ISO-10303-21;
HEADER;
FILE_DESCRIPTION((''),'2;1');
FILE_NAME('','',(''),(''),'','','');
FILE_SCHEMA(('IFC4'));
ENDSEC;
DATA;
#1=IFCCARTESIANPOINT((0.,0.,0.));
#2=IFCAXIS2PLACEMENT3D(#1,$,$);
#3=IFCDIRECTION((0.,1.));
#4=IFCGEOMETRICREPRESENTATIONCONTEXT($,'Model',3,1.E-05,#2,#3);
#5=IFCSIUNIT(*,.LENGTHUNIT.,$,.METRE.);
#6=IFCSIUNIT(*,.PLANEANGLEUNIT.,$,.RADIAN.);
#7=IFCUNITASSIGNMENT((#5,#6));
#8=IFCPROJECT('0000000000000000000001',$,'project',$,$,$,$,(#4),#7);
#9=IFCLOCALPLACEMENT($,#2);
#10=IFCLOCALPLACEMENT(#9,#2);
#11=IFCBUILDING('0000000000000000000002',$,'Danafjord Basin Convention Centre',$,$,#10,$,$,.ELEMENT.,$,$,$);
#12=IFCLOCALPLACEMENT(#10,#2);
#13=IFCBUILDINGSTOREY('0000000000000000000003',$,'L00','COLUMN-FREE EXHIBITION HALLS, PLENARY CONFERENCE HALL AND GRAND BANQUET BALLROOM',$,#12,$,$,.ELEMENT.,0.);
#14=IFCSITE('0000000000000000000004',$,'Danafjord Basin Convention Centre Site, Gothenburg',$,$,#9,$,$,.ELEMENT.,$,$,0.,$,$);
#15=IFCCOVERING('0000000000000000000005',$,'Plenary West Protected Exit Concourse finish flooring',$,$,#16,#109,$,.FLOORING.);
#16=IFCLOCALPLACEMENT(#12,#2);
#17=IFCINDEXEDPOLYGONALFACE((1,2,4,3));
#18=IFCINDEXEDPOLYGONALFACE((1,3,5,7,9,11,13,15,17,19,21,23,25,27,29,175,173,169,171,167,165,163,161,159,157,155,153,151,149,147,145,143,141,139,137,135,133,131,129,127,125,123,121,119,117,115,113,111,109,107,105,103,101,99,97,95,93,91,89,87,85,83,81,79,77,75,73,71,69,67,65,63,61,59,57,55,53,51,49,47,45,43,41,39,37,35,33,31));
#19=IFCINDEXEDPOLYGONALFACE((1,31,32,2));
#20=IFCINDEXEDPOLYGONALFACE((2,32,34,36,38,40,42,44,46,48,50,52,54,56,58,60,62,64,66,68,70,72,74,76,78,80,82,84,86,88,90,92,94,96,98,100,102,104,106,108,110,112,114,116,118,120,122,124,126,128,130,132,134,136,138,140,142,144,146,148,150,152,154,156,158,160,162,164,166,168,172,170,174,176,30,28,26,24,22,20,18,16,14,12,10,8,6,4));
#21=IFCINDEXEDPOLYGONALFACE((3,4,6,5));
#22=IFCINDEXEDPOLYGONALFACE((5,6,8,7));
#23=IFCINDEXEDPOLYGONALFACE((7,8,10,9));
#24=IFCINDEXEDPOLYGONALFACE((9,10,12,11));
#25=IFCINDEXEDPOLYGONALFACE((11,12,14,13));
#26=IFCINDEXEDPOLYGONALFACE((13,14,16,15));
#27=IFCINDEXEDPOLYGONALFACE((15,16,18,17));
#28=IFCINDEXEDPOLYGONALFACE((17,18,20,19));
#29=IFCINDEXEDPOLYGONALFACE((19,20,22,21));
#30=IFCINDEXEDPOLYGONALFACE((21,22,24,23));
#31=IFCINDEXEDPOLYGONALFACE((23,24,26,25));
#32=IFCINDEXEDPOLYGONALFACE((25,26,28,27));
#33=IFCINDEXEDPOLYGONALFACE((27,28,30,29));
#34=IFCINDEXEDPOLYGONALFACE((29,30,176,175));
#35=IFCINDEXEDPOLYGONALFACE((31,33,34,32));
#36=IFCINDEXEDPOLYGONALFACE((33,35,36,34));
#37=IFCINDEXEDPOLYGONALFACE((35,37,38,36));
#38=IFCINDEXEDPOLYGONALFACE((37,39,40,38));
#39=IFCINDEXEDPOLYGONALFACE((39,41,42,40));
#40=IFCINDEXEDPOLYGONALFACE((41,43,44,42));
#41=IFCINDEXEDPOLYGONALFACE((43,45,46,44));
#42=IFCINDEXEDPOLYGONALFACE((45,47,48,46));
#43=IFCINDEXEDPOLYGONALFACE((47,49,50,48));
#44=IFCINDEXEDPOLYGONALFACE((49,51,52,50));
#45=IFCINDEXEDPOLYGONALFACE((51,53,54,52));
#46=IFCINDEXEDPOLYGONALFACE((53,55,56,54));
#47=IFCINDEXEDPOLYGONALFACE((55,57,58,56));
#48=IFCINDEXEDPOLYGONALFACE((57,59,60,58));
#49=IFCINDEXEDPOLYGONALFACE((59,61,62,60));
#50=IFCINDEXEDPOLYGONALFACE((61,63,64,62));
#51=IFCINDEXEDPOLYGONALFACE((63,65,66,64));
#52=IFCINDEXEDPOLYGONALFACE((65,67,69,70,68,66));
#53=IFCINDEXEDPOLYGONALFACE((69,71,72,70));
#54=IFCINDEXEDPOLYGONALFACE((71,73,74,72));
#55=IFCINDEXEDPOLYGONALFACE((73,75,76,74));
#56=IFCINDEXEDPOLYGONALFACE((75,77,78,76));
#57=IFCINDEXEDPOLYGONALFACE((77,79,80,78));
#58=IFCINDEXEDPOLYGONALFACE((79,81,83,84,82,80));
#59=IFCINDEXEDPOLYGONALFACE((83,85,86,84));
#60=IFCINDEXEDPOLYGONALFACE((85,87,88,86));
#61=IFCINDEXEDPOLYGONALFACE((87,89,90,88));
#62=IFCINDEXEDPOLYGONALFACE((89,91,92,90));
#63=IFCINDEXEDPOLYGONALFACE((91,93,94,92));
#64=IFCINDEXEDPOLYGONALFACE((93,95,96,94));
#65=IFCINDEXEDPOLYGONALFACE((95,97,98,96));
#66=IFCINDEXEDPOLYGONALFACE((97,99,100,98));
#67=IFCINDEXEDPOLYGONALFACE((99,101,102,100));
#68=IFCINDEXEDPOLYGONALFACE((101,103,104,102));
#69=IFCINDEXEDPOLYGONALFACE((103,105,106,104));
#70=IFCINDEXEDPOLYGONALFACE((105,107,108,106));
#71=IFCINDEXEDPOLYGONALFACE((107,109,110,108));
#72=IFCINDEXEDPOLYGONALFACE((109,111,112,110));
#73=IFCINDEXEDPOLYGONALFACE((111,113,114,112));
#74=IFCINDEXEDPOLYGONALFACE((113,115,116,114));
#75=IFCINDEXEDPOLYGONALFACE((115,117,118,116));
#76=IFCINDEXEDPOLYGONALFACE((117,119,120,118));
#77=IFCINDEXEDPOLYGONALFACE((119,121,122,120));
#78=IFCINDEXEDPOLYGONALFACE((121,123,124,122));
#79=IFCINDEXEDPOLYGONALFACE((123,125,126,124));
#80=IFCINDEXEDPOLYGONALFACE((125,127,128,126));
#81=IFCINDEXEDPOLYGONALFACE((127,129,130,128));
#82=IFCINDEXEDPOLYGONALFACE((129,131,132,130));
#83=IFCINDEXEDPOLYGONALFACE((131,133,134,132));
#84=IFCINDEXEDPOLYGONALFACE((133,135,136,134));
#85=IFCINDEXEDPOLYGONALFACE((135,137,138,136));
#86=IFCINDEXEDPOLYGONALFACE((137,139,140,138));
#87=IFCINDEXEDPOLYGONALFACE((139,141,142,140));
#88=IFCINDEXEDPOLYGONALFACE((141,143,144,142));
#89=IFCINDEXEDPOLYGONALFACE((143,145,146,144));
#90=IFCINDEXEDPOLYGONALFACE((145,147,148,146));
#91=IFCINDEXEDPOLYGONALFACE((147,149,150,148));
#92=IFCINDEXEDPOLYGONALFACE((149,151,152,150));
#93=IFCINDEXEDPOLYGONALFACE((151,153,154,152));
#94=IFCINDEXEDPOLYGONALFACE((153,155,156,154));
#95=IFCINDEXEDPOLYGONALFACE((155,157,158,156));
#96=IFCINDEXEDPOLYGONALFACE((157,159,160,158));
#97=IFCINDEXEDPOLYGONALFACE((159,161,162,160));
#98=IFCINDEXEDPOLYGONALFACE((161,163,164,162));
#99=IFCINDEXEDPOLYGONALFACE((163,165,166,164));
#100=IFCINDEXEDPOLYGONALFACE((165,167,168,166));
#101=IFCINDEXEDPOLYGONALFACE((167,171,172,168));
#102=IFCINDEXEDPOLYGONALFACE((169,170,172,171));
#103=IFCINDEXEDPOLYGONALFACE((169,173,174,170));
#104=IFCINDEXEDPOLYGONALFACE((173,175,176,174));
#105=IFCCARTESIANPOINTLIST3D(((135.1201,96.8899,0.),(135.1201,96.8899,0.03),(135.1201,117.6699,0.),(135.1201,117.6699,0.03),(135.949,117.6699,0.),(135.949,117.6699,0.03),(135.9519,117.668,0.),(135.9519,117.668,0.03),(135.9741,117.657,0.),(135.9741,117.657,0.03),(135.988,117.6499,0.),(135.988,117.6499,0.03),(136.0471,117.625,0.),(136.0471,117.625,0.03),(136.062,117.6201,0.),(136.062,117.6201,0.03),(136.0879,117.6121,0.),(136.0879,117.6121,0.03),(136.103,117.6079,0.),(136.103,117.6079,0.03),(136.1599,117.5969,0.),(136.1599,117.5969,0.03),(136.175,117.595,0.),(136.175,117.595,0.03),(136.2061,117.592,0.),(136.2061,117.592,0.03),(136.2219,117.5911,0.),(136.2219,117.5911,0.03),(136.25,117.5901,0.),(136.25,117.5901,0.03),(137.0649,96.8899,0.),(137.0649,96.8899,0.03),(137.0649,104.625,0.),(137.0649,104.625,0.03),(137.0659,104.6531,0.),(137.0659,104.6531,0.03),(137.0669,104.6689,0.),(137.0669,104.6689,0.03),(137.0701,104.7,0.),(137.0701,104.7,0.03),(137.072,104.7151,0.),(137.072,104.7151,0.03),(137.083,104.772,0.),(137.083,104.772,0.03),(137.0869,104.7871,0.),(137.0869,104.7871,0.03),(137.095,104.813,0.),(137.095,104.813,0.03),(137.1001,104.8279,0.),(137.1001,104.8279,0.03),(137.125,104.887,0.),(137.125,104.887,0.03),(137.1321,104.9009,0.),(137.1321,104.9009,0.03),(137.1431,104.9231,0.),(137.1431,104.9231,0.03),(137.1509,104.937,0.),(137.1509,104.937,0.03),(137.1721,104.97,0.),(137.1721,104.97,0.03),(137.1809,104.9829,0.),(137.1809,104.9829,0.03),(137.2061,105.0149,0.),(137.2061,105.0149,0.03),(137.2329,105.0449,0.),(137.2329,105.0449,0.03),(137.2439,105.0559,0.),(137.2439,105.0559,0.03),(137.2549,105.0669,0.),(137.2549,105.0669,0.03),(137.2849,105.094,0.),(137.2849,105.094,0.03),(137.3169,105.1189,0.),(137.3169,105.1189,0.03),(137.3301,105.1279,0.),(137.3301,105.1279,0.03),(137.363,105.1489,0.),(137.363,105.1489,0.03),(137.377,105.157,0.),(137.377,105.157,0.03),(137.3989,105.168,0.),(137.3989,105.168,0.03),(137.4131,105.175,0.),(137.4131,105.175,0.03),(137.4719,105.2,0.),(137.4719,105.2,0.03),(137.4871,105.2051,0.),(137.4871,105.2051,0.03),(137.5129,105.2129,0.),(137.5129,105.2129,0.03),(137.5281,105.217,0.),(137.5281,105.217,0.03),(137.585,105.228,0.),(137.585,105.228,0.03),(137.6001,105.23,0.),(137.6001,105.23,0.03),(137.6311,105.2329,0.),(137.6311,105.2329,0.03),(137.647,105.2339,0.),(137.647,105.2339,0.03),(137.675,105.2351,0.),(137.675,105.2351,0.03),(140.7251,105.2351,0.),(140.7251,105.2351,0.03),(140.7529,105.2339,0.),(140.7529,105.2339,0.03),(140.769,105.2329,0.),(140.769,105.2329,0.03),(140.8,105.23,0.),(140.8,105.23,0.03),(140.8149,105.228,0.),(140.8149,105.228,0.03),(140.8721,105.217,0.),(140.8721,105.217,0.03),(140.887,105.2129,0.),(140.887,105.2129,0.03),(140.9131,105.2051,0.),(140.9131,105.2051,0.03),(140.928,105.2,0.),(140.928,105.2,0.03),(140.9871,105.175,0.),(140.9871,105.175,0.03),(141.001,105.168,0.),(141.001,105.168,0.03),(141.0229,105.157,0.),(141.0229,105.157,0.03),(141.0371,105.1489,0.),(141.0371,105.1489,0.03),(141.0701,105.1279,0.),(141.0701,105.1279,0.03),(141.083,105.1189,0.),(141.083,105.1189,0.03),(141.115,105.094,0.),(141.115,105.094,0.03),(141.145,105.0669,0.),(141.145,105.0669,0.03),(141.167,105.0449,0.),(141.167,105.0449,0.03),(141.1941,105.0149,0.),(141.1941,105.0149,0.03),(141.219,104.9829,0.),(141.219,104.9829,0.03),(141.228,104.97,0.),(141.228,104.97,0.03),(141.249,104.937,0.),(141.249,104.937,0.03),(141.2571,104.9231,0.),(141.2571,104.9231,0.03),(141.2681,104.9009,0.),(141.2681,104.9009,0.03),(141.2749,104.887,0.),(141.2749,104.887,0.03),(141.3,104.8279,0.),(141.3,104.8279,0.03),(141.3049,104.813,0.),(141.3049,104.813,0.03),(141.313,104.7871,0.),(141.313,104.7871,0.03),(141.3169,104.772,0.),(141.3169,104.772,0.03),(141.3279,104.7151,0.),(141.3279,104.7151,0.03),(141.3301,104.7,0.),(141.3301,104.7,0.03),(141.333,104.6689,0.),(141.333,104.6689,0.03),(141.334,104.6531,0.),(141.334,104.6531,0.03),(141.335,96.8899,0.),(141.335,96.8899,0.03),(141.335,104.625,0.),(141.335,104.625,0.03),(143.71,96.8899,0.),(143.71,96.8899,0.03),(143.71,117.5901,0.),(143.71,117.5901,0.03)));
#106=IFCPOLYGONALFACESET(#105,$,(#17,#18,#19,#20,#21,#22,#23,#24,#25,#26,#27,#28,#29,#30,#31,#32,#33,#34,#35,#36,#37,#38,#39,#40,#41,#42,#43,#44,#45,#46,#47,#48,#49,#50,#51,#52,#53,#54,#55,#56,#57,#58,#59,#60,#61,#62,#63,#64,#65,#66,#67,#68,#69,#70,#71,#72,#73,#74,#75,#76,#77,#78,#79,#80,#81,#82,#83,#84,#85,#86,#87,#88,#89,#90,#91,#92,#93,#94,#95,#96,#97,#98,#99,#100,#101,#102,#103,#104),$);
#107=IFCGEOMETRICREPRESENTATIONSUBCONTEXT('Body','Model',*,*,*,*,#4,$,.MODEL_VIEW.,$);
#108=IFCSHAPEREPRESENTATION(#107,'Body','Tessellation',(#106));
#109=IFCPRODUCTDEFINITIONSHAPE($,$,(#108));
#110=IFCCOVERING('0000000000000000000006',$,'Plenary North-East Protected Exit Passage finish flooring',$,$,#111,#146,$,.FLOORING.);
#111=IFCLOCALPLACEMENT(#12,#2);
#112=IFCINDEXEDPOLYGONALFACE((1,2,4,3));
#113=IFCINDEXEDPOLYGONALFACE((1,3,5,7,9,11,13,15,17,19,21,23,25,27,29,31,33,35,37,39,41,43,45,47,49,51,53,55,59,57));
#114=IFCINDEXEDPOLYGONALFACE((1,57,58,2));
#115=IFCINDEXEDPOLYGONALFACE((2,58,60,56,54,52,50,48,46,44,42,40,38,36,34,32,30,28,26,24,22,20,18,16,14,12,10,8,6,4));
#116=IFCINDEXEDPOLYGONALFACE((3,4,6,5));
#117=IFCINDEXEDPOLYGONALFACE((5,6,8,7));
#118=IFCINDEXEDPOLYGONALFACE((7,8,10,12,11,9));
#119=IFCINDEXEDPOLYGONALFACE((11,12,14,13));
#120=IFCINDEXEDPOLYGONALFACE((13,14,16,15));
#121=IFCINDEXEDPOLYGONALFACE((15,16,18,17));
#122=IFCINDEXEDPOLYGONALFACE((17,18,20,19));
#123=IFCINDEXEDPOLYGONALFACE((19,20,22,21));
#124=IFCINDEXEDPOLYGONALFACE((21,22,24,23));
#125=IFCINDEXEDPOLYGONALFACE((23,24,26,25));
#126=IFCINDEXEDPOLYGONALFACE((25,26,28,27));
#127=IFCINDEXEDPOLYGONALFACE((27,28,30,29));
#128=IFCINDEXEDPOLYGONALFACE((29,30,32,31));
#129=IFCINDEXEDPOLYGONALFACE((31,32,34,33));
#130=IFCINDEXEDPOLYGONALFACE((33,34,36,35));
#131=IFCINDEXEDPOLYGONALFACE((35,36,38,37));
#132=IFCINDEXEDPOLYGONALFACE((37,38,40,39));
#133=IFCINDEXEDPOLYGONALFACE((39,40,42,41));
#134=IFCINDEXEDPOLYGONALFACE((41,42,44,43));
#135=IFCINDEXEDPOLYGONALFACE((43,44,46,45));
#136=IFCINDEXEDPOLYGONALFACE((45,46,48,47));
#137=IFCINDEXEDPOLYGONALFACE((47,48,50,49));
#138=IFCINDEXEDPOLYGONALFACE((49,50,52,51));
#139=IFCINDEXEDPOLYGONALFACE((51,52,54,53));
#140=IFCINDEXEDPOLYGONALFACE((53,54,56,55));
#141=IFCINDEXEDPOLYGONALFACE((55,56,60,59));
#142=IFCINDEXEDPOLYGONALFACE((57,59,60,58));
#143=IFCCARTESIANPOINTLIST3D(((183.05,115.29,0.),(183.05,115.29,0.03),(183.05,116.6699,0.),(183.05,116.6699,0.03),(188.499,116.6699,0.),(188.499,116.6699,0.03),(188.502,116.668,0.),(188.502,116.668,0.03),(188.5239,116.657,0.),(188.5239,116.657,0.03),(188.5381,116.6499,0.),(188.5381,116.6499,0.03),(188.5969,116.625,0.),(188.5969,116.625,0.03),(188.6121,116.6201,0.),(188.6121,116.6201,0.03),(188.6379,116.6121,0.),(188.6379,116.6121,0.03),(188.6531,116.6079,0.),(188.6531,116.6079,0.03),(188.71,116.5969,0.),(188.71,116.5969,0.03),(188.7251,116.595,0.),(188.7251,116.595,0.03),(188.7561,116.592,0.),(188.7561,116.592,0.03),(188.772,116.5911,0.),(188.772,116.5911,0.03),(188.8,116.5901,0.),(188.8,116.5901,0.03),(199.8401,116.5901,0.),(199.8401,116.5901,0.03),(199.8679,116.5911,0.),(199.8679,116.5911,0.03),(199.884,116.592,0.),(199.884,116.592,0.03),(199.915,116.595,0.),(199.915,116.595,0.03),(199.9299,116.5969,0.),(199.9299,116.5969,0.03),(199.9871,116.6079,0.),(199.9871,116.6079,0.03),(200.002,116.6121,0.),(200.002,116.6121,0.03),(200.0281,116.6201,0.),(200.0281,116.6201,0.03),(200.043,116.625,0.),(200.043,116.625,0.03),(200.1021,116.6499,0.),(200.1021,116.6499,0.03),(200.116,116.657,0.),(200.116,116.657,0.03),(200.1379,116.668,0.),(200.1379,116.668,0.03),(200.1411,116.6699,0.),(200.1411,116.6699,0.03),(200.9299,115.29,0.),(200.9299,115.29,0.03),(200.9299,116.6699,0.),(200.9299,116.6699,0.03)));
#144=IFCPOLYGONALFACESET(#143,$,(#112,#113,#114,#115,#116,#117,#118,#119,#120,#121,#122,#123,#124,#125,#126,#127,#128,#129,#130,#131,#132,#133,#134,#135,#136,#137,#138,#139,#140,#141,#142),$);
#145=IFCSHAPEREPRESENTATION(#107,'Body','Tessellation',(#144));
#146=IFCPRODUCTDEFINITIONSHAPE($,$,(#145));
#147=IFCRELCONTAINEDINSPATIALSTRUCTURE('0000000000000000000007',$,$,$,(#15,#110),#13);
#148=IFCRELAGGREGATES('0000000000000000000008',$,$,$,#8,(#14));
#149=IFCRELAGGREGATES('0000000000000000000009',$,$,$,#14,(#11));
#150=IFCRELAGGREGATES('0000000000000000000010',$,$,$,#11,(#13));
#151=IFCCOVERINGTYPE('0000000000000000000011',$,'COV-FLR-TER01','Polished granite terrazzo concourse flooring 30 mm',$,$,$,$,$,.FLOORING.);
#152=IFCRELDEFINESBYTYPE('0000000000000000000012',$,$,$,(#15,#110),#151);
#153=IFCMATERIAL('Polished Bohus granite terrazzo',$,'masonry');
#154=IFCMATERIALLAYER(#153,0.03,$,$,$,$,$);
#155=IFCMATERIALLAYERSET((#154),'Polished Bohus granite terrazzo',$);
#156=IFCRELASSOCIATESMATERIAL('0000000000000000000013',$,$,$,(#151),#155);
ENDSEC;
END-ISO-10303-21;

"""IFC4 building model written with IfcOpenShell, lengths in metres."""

from ifc_helpers import new_model, si_unit, direction, origin, place, context, subcontext, project, spatial, polyline, outline, extrude, material, layer, layer_set, type_object, element, save


model = new_model("IFC4")

# Units and contexts
model_context = context("Model", 3, precision=1e-05, world=origin(), true_north=direction((0.0, 1.0)))
body_context = subcontext(model_context, "Body", "Model", "MODEL_VIEW")
ifc_project = project(units=[si_unit("LENGTHUNIT", "METRE"), si_unit("PLANEANGLEUNIT", "RADIAN")], contexts=[model_context])

# Site, building, storey
site_placement = place(None, origin())
site = spatial("IfcSite", under=ifc_project, at=site_placement, Name="Danafjord Basin Convention Centre Site, Gothenburg", CompositionType="ELEMENT", RefElevation=0.0)
building_placement = place(site_placement, origin())
building = spatial("IfcBuilding", under=site, at=building_placement, Name="Danafjord Basin Convention Centre", CompositionType="ELEMENT")
storey_placement = place(building_placement, origin())
storey = spatial("IfcBuildingStorey", under=building, at=storey_placement, Name="L00", Description="COLUMN-FREE EXHIBITION HALLS, PLENARY CONFERENCE HALL AND GRAND BANQUET BALLROOM", CompositionType="ELEMENT", Elevation=0.0)

# Coverings
ifc_material_1 = material(Name="Polished Bohus granite terrazzo", Category="masonry")
ifc_layer_1 = layer(ifc_material_1, 0.03)
ifc_layer_set_1 = layer_set([ifc_layer_1], Name="Polished Bohus granite terrazzo")
covering_type_1 = type_object("IfcCoveringType", Name="COV-FLR-TER01", Description="Polished granite terrazzo concourse flooring 30 mm", PredefinedType="FLOORING", material=ifc_layer_set_1)
covering_1_placement = place(storey_placement, origin())
element("IfcCovering", 1, at=covering_1_placement, inside=storey, type_object=covering_type_1, Name="Plenary West Protected Exit Concourse finish flooring", PredefinedType="FLOORING", context=body_context, shape_type="SweptSolid", body=[
    extrude(outline(polyline([(135.1201, 117.6699), (135.949, 117.6699), (135.9519, 117.668), (135.9741, 117.657), (135.988, 117.6499), (136.0471, 117.625), (136.062, 117.6201), (136.0879, 117.6121), (136.103, 117.6079), (136.1599, 117.5969), (136.175, 117.595), (136.2061, 117.592), (136.2219, 117.5911), (136.25, 117.5901), (143.71, 117.5901), (143.71, 96.8899), (141.335, 96.8899), (141.335, 104.625), (141.334, 104.6531), (141.333, 104.6689), (141.3301, 104.7), (141.3279, 104.7151), (141.3169, 104.772), (141.313, 104.7871), (141.3049, 104.813), (141.3, 104.8279), (141.2749, 104.887), (141.2681, 104.9009), (141.2571, 104.9231), (141.249, 104.937), (141.228, 104.97), (141.219, 104.9829), (141.1941, 105.0149), (141.167, 105.0449), (141.145, 105.0669), (141.115, 105.094), (141.083, 105.1189), (141.0701, 105.1279), (141.0371, 105.1489), (141.0229, 105.157), (141.001, 105.168), (140.9871, 105.175), (140.928, 105.2), (140.9131, 105.2051), (140.887, 105.2129), (140.8721, 105.217), (140.8149, 105.228), (140.8, 105.23), (140.769, 105.2329), (140.7529, 105.2339), (140.7251, 105.2351), (137.675, 105.2351), (137.647, 105.2339), (137.6311, 105.2329), (137.6001, 105.23), (137.585, 105.228), (137.5281, 105.217), (137.5129, 105.2129), (137.4871, 105.2051), (137.4719, 105.2), (137.4131, 105.175), (137.3989, 105.168), (137.377, 105.157), (137.363, 105.1489), (137.3301, 105.1279), (137.3169, 105.1189), (137.2849, 105.094), (137.2549, 105.0669), (137.2439, 105.0559), (137.2329, 105.0449), (137.2061, 105.0149), (137.1809, 104.9829), (137.1721, 104.97), (137.1509, 104.937), (137.1431, 104.9231), (137.1321, 104.9009), (137.125, 104.887), (137.1001, 104.8279), (137.095, 104.813), (137.0869, 104.7871), (137.083, 104.772), (137.072, 104.7151), (137.0701, 104.7), (137.0669, 104.6689), (137.0659, 104.6531), (137.0649, 104.625), (137.0649, 96.8899), (135.1201, 96.8899), (135.1201, 117.6699)])), origin(), (0.0, 0.0, 1.0), 0.03),
])
covering_2_placement = place(storey_placement, origin())
element("IfcCovering", 2, at=covering_2_placement, inside=storey, type_object=covering_type_1, Name="Plenary North-East Protected Exit Passage finish flooring", PredefinedType="FLOORING", context=body_context, shape_type="SweptSolid", body=[
    extrude(outline(polyline([(188.499, 116.6699), (188.502, 116.668), (188.5239, 116.657), (188.5381, 116.6499), (188.5969, 116.625), (188.6121, 116.6201), (188.6379, 116.6121), (188.6531, 116.6079), (188.71, 116.5969), (188.7251, 116.595), (188.7561, 116.592), (188.772, 116.5911), (188.8, 116.5901), (199.8401, 116.5901), (199.8679, 116.5911), (199.884, 116.592), (199.915, 116.595), (199.9299, 116.5969), (199.9871, 116.6079), (200.002, 116.6121), (200.0281, 116.6201), (200.043, 116.625), (200.1021, 116.6499), (200.116, 116.657), (200.1379, 116.668), (200.1411, 116.6699), (200.9299, 116.6699), (200.9299, 115.29), (183.05, 115.29), (183.05, 116.6699), (188.499, 116.6699)])), origin(), (0.0, 0.0, 1.0), 0.03),
])

save(model, "model.ifc")
